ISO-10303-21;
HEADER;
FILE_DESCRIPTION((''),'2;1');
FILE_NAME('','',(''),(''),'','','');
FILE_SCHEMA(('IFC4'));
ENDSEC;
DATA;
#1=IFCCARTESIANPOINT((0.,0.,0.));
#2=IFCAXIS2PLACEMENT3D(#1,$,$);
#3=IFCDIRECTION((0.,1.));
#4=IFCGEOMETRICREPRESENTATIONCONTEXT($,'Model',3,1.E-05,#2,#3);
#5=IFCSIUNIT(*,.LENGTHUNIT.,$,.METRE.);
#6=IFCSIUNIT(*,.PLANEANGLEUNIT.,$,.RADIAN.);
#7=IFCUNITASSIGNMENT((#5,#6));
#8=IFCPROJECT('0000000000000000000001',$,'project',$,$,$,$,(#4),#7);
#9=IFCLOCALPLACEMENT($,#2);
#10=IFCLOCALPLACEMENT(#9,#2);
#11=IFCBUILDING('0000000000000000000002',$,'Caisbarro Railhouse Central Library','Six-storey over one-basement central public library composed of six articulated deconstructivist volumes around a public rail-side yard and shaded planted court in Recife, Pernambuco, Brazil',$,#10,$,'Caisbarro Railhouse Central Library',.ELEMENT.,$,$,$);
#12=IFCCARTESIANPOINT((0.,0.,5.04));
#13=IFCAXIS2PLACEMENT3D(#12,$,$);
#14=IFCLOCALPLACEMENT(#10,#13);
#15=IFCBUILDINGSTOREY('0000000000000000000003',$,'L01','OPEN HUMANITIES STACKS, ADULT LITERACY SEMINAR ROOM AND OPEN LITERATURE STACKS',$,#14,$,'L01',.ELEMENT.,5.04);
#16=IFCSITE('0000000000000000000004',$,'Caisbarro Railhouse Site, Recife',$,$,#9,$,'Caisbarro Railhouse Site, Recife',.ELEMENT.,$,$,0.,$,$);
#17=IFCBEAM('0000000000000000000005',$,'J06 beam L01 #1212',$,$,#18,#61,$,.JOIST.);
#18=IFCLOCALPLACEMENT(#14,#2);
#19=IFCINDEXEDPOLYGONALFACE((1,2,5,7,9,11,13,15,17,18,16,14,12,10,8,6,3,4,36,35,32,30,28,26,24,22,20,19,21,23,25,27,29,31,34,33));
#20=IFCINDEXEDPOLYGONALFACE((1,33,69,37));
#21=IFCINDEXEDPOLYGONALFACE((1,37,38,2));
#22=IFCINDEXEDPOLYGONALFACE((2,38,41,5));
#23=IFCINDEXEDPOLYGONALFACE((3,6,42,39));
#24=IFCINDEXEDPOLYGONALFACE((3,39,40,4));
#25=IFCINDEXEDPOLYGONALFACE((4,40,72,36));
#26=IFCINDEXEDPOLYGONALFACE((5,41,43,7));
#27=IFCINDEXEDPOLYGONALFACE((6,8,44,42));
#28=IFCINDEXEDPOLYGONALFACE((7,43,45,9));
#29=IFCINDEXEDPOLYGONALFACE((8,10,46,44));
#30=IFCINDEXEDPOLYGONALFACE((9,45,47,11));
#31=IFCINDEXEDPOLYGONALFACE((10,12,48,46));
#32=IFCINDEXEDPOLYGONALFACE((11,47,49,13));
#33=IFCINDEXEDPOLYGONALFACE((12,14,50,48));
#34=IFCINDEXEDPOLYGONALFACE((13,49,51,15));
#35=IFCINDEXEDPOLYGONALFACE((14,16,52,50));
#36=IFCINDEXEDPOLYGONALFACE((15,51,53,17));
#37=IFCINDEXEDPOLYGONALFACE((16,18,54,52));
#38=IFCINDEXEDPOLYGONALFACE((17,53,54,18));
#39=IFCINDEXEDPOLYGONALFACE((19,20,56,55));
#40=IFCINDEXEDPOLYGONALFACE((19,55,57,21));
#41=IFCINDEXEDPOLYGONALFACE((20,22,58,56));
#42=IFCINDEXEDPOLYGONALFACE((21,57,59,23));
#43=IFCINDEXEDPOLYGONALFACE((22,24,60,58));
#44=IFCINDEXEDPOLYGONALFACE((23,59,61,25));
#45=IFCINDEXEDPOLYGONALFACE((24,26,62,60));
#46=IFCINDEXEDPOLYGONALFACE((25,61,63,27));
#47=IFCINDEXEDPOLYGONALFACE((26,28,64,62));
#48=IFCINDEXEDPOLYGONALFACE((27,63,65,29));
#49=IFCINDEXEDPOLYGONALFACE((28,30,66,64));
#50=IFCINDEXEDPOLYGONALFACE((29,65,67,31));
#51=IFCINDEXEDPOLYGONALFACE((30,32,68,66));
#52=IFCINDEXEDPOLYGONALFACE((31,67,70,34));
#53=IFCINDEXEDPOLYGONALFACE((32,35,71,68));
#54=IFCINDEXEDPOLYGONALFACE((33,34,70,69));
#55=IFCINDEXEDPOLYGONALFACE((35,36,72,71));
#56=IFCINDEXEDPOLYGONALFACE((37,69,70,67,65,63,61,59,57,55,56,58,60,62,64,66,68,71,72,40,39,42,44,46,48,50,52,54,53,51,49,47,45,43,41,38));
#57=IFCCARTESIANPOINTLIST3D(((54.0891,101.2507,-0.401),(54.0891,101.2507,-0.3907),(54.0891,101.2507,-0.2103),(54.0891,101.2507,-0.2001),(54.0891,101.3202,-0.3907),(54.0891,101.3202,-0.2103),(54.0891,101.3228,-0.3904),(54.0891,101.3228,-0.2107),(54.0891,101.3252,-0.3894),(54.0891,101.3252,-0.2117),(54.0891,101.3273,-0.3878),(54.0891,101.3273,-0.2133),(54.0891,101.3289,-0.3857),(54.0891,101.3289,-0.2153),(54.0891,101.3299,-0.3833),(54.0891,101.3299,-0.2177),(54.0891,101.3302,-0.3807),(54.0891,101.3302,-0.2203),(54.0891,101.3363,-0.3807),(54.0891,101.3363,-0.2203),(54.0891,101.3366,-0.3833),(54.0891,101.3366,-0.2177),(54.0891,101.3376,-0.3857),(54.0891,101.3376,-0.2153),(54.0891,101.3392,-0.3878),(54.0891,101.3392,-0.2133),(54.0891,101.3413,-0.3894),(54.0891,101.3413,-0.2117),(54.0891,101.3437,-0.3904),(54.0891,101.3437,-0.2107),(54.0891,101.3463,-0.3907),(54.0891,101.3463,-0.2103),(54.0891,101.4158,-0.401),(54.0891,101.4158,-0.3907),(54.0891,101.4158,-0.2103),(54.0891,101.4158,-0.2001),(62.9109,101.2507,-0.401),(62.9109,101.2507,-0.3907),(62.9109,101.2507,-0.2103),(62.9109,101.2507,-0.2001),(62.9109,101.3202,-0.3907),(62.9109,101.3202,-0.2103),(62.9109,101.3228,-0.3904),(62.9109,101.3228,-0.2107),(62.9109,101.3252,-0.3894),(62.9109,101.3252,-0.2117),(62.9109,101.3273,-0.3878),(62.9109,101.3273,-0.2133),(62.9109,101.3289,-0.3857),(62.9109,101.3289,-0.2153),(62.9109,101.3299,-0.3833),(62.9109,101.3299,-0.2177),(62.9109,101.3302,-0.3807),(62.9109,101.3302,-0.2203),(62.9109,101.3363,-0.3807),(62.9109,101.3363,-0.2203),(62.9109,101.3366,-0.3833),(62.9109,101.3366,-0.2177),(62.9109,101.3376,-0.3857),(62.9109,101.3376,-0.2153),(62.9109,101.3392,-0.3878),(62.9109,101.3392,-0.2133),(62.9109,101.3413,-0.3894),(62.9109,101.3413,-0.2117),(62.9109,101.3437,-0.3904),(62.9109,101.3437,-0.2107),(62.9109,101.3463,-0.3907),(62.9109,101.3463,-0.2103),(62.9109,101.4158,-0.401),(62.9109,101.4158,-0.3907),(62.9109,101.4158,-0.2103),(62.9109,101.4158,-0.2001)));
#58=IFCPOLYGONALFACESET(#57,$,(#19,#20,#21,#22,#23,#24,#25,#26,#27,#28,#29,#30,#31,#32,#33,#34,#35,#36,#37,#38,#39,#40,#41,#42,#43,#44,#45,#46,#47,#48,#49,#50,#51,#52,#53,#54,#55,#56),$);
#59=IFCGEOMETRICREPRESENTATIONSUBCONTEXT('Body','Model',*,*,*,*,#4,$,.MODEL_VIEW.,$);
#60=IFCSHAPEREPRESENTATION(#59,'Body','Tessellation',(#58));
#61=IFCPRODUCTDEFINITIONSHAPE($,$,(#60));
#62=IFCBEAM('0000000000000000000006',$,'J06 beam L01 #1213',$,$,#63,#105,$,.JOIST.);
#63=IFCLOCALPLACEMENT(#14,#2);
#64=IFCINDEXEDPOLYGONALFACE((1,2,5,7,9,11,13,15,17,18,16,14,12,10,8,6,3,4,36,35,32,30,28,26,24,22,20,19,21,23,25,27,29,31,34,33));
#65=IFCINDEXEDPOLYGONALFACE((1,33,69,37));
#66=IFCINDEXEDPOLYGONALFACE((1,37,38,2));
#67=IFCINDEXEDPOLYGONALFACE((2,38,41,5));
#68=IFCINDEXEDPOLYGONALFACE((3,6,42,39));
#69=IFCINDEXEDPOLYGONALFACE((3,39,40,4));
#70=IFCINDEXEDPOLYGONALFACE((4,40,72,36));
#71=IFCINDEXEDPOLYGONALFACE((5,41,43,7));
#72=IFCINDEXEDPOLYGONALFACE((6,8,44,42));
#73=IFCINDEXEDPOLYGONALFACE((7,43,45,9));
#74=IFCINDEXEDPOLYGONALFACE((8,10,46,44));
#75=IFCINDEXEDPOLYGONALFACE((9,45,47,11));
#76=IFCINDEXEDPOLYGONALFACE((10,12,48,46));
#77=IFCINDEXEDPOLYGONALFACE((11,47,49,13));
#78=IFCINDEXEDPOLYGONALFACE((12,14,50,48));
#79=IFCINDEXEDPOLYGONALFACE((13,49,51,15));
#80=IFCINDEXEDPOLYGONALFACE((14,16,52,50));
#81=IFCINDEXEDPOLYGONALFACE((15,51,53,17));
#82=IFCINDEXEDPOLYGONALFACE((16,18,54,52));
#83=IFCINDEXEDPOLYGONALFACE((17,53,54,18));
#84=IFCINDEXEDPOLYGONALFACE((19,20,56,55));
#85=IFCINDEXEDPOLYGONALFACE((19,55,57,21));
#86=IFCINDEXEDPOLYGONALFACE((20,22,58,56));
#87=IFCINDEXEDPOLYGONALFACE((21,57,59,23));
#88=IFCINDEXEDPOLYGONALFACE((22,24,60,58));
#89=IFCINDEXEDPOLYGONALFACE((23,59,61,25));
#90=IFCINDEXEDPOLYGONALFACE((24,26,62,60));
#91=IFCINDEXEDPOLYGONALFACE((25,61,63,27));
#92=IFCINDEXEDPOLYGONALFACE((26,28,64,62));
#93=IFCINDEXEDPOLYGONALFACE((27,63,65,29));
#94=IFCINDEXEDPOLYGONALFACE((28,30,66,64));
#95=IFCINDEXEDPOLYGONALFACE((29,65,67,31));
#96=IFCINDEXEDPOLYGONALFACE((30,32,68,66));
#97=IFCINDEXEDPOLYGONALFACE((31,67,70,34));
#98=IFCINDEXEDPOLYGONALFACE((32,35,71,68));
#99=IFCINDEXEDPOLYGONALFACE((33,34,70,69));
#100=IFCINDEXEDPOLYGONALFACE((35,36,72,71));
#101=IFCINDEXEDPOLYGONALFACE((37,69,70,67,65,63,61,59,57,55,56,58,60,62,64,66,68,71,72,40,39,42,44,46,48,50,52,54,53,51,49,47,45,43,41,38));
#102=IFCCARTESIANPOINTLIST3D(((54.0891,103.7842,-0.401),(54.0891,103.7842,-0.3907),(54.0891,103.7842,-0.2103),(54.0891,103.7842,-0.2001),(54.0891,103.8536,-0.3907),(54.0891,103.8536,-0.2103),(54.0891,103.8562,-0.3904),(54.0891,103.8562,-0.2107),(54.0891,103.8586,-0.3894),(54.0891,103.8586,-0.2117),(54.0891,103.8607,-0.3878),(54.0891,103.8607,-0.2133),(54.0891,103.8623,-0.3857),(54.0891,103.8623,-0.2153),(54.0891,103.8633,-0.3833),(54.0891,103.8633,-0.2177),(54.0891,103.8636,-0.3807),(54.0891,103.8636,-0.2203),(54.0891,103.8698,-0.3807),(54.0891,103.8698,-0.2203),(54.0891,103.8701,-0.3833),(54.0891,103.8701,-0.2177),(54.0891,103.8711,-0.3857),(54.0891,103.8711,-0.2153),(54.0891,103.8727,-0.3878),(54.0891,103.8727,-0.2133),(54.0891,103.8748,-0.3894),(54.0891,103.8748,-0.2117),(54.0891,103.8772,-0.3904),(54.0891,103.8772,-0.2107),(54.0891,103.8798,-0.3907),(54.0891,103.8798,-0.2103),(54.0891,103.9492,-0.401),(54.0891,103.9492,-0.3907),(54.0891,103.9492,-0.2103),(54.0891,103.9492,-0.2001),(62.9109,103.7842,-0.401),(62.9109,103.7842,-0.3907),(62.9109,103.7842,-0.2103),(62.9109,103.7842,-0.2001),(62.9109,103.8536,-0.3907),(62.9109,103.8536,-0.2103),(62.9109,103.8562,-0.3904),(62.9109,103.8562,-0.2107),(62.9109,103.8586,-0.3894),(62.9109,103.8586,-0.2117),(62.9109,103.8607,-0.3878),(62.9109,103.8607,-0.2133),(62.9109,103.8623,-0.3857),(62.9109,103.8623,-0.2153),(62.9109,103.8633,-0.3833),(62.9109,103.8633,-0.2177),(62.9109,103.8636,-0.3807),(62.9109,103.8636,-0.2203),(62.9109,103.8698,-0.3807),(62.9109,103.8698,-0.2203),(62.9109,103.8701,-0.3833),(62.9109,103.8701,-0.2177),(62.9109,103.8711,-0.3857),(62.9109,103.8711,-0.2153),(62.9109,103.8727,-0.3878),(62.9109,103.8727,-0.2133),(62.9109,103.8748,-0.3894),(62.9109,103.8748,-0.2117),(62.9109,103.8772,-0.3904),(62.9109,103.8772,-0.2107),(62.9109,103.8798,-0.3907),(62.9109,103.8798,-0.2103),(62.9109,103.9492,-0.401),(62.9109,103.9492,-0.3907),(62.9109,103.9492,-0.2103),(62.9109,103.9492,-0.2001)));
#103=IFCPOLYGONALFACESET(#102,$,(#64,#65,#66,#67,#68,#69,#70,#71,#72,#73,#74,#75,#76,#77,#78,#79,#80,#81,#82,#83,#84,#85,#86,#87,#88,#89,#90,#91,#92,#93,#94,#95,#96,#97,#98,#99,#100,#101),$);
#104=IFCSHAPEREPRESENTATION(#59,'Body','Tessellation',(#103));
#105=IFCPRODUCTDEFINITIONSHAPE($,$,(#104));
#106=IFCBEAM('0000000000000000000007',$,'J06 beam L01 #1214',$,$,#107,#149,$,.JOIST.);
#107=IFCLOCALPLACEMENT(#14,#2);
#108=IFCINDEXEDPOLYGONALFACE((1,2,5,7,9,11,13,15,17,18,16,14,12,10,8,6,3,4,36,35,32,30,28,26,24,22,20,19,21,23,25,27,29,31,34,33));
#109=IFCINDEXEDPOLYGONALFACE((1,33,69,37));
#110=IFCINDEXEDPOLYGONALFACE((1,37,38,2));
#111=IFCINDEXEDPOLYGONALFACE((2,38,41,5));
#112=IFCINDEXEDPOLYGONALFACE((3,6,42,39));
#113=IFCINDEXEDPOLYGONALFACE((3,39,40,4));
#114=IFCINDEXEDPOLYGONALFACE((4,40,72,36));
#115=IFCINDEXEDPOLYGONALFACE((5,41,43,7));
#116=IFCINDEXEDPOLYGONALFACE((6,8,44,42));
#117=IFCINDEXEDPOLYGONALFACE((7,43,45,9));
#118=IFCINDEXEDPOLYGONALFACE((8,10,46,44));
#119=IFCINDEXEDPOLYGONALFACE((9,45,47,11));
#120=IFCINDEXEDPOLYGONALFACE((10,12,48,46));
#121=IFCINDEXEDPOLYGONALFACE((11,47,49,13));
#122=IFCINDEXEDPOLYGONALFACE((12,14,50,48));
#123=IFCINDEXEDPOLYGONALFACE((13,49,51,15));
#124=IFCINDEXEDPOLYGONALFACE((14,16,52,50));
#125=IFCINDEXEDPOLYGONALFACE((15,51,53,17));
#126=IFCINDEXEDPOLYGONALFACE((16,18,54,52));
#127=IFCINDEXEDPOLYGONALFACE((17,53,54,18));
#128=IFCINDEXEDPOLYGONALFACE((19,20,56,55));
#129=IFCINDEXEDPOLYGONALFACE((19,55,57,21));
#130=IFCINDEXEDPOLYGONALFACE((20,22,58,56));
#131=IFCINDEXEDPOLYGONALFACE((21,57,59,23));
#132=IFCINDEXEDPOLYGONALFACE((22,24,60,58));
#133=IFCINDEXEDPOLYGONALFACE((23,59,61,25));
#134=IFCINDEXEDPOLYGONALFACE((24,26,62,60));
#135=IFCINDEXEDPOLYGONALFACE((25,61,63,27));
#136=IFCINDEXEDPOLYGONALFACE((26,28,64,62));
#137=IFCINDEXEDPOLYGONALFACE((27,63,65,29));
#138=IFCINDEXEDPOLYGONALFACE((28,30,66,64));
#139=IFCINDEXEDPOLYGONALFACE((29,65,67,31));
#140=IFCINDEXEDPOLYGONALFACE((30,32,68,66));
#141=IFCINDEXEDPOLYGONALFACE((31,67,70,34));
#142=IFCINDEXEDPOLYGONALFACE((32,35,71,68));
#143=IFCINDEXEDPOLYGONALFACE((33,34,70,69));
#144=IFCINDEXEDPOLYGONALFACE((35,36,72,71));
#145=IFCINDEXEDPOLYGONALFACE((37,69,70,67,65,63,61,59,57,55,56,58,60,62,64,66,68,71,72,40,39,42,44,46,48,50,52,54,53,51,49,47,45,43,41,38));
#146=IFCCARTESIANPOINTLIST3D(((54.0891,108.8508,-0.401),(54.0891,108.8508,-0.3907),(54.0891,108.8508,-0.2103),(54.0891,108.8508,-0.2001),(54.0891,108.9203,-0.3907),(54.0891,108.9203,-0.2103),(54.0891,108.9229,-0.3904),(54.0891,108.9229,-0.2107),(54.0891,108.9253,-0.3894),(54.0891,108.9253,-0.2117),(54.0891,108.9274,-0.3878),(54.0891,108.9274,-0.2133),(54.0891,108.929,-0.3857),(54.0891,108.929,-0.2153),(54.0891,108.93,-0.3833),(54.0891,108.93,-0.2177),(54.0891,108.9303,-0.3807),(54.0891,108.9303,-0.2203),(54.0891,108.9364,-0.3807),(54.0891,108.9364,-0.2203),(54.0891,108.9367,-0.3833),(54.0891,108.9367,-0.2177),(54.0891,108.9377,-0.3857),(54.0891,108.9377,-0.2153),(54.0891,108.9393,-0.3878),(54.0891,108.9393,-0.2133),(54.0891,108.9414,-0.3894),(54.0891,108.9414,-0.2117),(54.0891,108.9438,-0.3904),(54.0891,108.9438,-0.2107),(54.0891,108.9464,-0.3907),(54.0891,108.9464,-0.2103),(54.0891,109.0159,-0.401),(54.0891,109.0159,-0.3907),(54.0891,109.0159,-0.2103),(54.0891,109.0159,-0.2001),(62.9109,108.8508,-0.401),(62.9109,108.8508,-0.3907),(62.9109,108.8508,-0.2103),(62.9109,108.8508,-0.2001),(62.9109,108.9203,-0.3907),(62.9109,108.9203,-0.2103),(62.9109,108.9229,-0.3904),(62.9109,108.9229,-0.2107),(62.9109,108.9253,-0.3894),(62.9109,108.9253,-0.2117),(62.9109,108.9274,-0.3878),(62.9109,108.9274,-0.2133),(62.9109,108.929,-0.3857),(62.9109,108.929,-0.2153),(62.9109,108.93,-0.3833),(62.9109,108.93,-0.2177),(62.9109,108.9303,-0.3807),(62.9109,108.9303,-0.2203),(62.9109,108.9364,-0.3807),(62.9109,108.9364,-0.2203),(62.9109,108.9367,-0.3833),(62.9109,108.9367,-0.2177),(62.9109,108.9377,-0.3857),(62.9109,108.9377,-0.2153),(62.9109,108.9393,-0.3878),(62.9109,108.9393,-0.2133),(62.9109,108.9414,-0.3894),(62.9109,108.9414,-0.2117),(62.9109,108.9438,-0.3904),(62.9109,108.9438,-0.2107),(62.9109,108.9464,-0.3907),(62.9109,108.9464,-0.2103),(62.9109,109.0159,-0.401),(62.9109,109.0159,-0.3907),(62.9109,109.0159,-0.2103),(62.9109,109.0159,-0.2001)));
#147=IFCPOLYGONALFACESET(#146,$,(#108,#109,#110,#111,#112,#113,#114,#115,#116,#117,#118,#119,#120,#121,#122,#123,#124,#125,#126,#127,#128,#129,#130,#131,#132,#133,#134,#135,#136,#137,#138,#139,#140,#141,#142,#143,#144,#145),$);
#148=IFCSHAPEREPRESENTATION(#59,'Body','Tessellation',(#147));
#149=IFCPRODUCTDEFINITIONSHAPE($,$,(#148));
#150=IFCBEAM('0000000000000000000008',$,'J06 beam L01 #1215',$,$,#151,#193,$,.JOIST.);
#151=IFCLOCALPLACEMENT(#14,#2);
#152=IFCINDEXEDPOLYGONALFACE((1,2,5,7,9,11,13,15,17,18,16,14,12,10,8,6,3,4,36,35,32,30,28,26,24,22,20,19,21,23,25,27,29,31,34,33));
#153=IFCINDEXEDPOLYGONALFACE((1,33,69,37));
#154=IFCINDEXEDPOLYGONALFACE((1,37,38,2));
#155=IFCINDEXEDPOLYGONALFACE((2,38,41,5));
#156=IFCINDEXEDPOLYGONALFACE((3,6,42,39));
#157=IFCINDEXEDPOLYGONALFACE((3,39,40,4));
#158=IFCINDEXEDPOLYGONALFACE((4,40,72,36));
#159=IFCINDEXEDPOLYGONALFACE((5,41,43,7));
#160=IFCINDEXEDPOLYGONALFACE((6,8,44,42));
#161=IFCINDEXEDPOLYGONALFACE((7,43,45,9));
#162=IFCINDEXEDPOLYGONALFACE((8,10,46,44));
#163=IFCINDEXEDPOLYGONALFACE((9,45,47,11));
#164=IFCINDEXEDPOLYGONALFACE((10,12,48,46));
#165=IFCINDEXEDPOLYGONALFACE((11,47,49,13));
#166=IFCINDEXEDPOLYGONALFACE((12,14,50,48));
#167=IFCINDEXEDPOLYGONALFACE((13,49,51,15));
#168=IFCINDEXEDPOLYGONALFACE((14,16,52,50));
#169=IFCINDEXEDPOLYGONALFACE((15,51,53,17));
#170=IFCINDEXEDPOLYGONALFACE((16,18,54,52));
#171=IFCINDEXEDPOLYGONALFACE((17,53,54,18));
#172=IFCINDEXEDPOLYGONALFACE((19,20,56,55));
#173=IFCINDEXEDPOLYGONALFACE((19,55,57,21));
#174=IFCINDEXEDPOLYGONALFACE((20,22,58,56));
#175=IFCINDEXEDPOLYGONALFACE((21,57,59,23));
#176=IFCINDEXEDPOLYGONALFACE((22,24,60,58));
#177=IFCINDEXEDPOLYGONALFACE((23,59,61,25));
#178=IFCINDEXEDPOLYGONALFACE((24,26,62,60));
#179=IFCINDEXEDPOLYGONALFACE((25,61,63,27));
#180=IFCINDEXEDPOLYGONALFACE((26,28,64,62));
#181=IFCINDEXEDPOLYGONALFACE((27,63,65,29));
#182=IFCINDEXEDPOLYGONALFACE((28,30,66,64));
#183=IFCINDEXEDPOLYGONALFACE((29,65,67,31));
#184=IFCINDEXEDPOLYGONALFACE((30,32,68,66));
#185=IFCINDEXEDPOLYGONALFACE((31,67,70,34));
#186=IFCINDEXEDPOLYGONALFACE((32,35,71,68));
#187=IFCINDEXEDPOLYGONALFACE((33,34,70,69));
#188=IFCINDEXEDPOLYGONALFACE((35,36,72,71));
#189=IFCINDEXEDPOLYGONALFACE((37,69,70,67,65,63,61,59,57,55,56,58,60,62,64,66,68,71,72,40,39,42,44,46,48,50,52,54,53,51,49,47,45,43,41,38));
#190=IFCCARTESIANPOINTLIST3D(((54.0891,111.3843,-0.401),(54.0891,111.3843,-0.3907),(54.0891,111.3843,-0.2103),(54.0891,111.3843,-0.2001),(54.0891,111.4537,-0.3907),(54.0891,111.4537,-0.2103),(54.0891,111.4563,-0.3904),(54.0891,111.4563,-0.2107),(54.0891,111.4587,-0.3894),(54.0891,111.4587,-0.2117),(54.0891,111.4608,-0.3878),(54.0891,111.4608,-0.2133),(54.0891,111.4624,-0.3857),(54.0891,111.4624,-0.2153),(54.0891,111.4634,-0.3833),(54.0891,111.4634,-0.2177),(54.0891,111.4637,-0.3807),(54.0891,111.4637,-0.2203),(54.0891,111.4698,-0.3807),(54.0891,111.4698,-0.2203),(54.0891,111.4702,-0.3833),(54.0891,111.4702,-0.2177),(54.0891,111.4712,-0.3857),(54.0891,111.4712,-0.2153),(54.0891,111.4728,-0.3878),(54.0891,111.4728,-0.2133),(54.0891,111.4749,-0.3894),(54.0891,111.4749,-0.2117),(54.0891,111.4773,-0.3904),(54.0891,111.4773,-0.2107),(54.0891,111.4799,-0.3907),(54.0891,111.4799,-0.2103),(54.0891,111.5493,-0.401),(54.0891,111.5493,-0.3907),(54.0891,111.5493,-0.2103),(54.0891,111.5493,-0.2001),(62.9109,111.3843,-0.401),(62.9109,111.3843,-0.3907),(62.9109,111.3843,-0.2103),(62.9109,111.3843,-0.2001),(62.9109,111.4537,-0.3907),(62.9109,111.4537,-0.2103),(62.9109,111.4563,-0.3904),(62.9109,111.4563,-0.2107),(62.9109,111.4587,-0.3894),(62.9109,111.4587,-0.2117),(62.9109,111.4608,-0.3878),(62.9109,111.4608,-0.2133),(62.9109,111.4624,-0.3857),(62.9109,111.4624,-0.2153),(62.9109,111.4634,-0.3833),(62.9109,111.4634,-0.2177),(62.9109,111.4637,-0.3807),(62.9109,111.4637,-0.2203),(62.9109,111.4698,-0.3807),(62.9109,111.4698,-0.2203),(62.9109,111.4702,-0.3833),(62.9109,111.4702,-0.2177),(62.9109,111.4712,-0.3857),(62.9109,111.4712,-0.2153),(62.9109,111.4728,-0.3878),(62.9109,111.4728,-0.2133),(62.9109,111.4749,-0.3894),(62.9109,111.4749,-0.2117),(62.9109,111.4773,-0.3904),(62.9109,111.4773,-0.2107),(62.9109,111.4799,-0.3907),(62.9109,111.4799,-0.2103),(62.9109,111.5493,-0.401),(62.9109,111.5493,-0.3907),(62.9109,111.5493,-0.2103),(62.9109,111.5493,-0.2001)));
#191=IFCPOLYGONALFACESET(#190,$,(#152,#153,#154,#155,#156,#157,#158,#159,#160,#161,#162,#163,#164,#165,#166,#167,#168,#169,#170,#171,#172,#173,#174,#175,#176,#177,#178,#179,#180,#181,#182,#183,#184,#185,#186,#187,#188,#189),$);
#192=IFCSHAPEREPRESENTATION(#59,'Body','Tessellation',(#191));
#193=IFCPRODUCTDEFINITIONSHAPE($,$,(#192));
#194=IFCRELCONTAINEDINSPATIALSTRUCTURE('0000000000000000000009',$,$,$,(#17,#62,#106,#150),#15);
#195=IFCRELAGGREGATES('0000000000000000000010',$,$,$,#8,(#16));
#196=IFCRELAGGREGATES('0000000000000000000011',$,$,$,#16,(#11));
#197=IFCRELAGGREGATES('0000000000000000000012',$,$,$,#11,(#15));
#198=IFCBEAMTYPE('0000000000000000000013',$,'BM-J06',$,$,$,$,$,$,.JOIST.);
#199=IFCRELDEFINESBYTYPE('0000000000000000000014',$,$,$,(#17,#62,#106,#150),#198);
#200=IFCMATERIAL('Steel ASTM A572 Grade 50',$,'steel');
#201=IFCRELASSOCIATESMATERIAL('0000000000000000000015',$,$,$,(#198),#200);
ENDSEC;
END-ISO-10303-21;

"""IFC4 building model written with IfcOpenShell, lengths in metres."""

from ifc_helpers import new_model, si_unit, direction, frame, origin, origin_2d, place, context, subcontext, project, spatial, i_section, extrude, material, material_profile, profile_set, type_object, element, save


model = new_model("IFC4")

# Units and contexts
model_context = context("Model", 3, precision=1e-05, world=origin(), true_north=direction((0.0, 1.0)))
body_context = subcontext(model_context, "Body", "Model", "MODEL_VIEW")
ifc_project = project(units=[si_unit("LENGTHUNIT", "METRE"), si_unit("PLANEANGLEUNIT", "RADIAN")], contexts=[model_context])

# Site, building, storey
site_placement = place(None, origin())
site = spatial("IfcSite", under=ifc_project, at=site_placement, Name="Caisbarro Railhouse Site, Recife", LongName="Caisbarro Railhouse Site, Recife", CompositionType="ELEMENT", RefElevation=0.0)
building_placement = place(site_placement, origin())
building = spatial("IfcBuilding", under=site, at=building_placement, Name="Caisbarro Railhouse Central Library", Description="Six-storey over one-basement central public library composed of six articulated deconstructivist volumes around a public rail-side yard and shaded planted court in Recife, Pernambuco, Brazil", LongName="Caisbarro Railhouse Central Library", CompositionType="ELEMENT")
storey_placement = place(building_placement, frame((0.0, 0.0, 5.04)))
storey = spatial("IfcBuildingStorey", under=building, at=storey_placement, Name="L01", Description="OPEN HUMANITIES STACKS, ADULT LITERACY SEMINAR ROOM AND OPEN LITERATURE STACKS", LongName="L01", CompositionType="ELEMENT", Elevation=5.04)

# Shared definitions
ifc_material_1 = material(Name="Steel ASTM A572 Grade 50", Category="steel")

# Beams
ifc_material_profile_1 = material_profile(ifc_material_1, i_section(OverallWidth=0.165, OverallDepth=0.2009, WebThickness=0.0061, FlangeThickness=0.0103, FilletRadius=0.01, at=origin_2d()), Name="W200X35.9")
ifc_profile_set_1 = profile_set([ifc_material_profile_1], Name="Steel ASTM A572 Grade 50")
beam_type_1 = type_object("IfcBeamType", Name="BM-J06", PredefinedType="JOIST", material=ifc_profile_set_1)
for number, where, z_axis, x_axis, name in (
    (1, (54.0891, 101.3333, -0.3005), (1.0, 0.0, 0.0), (0.0, 1.0, 0.0), "J06 beam L01 #1212"),
    (2, (54.0891, 103.8667, -0.3005), (1.0, 0.0, 0.0), (0.0, 1.0, 0.0), "J06 beam L01 #1213"),
    (3, (54.0891, 108.9333, -0.3005), (1.0, 0.0, 0.0), (0.0, 1.0, 0.0), "J06 beam L01 #1214"),
    (4, (54.0891, 111.4668, -0.3005), (1.0, 0.0, 0.0), (0.0, 1.0, 0.0), "J06 beam L01 #1215"),
):
    element("IfcBeam", number, at=place(storey_placement, frame(where, z_axis=z_axis, x_axis=x_axis)), inside=storey, type_object=beam_type_1, Name=name, PredefinedType="JOIST", context=body_context, shape_type="SweptSolid", body=[
        extrude(i_section(OverallWidth=0.165, OverallDepth=0.2009, WebThickness=0.0061, FlangeThickness=0.0103, FilletRadius=0.01, at=origin_2d()), origin(), (0.0, 0.0, 1.0), 8.8218),
    ])

save(model, "model.ifc")
